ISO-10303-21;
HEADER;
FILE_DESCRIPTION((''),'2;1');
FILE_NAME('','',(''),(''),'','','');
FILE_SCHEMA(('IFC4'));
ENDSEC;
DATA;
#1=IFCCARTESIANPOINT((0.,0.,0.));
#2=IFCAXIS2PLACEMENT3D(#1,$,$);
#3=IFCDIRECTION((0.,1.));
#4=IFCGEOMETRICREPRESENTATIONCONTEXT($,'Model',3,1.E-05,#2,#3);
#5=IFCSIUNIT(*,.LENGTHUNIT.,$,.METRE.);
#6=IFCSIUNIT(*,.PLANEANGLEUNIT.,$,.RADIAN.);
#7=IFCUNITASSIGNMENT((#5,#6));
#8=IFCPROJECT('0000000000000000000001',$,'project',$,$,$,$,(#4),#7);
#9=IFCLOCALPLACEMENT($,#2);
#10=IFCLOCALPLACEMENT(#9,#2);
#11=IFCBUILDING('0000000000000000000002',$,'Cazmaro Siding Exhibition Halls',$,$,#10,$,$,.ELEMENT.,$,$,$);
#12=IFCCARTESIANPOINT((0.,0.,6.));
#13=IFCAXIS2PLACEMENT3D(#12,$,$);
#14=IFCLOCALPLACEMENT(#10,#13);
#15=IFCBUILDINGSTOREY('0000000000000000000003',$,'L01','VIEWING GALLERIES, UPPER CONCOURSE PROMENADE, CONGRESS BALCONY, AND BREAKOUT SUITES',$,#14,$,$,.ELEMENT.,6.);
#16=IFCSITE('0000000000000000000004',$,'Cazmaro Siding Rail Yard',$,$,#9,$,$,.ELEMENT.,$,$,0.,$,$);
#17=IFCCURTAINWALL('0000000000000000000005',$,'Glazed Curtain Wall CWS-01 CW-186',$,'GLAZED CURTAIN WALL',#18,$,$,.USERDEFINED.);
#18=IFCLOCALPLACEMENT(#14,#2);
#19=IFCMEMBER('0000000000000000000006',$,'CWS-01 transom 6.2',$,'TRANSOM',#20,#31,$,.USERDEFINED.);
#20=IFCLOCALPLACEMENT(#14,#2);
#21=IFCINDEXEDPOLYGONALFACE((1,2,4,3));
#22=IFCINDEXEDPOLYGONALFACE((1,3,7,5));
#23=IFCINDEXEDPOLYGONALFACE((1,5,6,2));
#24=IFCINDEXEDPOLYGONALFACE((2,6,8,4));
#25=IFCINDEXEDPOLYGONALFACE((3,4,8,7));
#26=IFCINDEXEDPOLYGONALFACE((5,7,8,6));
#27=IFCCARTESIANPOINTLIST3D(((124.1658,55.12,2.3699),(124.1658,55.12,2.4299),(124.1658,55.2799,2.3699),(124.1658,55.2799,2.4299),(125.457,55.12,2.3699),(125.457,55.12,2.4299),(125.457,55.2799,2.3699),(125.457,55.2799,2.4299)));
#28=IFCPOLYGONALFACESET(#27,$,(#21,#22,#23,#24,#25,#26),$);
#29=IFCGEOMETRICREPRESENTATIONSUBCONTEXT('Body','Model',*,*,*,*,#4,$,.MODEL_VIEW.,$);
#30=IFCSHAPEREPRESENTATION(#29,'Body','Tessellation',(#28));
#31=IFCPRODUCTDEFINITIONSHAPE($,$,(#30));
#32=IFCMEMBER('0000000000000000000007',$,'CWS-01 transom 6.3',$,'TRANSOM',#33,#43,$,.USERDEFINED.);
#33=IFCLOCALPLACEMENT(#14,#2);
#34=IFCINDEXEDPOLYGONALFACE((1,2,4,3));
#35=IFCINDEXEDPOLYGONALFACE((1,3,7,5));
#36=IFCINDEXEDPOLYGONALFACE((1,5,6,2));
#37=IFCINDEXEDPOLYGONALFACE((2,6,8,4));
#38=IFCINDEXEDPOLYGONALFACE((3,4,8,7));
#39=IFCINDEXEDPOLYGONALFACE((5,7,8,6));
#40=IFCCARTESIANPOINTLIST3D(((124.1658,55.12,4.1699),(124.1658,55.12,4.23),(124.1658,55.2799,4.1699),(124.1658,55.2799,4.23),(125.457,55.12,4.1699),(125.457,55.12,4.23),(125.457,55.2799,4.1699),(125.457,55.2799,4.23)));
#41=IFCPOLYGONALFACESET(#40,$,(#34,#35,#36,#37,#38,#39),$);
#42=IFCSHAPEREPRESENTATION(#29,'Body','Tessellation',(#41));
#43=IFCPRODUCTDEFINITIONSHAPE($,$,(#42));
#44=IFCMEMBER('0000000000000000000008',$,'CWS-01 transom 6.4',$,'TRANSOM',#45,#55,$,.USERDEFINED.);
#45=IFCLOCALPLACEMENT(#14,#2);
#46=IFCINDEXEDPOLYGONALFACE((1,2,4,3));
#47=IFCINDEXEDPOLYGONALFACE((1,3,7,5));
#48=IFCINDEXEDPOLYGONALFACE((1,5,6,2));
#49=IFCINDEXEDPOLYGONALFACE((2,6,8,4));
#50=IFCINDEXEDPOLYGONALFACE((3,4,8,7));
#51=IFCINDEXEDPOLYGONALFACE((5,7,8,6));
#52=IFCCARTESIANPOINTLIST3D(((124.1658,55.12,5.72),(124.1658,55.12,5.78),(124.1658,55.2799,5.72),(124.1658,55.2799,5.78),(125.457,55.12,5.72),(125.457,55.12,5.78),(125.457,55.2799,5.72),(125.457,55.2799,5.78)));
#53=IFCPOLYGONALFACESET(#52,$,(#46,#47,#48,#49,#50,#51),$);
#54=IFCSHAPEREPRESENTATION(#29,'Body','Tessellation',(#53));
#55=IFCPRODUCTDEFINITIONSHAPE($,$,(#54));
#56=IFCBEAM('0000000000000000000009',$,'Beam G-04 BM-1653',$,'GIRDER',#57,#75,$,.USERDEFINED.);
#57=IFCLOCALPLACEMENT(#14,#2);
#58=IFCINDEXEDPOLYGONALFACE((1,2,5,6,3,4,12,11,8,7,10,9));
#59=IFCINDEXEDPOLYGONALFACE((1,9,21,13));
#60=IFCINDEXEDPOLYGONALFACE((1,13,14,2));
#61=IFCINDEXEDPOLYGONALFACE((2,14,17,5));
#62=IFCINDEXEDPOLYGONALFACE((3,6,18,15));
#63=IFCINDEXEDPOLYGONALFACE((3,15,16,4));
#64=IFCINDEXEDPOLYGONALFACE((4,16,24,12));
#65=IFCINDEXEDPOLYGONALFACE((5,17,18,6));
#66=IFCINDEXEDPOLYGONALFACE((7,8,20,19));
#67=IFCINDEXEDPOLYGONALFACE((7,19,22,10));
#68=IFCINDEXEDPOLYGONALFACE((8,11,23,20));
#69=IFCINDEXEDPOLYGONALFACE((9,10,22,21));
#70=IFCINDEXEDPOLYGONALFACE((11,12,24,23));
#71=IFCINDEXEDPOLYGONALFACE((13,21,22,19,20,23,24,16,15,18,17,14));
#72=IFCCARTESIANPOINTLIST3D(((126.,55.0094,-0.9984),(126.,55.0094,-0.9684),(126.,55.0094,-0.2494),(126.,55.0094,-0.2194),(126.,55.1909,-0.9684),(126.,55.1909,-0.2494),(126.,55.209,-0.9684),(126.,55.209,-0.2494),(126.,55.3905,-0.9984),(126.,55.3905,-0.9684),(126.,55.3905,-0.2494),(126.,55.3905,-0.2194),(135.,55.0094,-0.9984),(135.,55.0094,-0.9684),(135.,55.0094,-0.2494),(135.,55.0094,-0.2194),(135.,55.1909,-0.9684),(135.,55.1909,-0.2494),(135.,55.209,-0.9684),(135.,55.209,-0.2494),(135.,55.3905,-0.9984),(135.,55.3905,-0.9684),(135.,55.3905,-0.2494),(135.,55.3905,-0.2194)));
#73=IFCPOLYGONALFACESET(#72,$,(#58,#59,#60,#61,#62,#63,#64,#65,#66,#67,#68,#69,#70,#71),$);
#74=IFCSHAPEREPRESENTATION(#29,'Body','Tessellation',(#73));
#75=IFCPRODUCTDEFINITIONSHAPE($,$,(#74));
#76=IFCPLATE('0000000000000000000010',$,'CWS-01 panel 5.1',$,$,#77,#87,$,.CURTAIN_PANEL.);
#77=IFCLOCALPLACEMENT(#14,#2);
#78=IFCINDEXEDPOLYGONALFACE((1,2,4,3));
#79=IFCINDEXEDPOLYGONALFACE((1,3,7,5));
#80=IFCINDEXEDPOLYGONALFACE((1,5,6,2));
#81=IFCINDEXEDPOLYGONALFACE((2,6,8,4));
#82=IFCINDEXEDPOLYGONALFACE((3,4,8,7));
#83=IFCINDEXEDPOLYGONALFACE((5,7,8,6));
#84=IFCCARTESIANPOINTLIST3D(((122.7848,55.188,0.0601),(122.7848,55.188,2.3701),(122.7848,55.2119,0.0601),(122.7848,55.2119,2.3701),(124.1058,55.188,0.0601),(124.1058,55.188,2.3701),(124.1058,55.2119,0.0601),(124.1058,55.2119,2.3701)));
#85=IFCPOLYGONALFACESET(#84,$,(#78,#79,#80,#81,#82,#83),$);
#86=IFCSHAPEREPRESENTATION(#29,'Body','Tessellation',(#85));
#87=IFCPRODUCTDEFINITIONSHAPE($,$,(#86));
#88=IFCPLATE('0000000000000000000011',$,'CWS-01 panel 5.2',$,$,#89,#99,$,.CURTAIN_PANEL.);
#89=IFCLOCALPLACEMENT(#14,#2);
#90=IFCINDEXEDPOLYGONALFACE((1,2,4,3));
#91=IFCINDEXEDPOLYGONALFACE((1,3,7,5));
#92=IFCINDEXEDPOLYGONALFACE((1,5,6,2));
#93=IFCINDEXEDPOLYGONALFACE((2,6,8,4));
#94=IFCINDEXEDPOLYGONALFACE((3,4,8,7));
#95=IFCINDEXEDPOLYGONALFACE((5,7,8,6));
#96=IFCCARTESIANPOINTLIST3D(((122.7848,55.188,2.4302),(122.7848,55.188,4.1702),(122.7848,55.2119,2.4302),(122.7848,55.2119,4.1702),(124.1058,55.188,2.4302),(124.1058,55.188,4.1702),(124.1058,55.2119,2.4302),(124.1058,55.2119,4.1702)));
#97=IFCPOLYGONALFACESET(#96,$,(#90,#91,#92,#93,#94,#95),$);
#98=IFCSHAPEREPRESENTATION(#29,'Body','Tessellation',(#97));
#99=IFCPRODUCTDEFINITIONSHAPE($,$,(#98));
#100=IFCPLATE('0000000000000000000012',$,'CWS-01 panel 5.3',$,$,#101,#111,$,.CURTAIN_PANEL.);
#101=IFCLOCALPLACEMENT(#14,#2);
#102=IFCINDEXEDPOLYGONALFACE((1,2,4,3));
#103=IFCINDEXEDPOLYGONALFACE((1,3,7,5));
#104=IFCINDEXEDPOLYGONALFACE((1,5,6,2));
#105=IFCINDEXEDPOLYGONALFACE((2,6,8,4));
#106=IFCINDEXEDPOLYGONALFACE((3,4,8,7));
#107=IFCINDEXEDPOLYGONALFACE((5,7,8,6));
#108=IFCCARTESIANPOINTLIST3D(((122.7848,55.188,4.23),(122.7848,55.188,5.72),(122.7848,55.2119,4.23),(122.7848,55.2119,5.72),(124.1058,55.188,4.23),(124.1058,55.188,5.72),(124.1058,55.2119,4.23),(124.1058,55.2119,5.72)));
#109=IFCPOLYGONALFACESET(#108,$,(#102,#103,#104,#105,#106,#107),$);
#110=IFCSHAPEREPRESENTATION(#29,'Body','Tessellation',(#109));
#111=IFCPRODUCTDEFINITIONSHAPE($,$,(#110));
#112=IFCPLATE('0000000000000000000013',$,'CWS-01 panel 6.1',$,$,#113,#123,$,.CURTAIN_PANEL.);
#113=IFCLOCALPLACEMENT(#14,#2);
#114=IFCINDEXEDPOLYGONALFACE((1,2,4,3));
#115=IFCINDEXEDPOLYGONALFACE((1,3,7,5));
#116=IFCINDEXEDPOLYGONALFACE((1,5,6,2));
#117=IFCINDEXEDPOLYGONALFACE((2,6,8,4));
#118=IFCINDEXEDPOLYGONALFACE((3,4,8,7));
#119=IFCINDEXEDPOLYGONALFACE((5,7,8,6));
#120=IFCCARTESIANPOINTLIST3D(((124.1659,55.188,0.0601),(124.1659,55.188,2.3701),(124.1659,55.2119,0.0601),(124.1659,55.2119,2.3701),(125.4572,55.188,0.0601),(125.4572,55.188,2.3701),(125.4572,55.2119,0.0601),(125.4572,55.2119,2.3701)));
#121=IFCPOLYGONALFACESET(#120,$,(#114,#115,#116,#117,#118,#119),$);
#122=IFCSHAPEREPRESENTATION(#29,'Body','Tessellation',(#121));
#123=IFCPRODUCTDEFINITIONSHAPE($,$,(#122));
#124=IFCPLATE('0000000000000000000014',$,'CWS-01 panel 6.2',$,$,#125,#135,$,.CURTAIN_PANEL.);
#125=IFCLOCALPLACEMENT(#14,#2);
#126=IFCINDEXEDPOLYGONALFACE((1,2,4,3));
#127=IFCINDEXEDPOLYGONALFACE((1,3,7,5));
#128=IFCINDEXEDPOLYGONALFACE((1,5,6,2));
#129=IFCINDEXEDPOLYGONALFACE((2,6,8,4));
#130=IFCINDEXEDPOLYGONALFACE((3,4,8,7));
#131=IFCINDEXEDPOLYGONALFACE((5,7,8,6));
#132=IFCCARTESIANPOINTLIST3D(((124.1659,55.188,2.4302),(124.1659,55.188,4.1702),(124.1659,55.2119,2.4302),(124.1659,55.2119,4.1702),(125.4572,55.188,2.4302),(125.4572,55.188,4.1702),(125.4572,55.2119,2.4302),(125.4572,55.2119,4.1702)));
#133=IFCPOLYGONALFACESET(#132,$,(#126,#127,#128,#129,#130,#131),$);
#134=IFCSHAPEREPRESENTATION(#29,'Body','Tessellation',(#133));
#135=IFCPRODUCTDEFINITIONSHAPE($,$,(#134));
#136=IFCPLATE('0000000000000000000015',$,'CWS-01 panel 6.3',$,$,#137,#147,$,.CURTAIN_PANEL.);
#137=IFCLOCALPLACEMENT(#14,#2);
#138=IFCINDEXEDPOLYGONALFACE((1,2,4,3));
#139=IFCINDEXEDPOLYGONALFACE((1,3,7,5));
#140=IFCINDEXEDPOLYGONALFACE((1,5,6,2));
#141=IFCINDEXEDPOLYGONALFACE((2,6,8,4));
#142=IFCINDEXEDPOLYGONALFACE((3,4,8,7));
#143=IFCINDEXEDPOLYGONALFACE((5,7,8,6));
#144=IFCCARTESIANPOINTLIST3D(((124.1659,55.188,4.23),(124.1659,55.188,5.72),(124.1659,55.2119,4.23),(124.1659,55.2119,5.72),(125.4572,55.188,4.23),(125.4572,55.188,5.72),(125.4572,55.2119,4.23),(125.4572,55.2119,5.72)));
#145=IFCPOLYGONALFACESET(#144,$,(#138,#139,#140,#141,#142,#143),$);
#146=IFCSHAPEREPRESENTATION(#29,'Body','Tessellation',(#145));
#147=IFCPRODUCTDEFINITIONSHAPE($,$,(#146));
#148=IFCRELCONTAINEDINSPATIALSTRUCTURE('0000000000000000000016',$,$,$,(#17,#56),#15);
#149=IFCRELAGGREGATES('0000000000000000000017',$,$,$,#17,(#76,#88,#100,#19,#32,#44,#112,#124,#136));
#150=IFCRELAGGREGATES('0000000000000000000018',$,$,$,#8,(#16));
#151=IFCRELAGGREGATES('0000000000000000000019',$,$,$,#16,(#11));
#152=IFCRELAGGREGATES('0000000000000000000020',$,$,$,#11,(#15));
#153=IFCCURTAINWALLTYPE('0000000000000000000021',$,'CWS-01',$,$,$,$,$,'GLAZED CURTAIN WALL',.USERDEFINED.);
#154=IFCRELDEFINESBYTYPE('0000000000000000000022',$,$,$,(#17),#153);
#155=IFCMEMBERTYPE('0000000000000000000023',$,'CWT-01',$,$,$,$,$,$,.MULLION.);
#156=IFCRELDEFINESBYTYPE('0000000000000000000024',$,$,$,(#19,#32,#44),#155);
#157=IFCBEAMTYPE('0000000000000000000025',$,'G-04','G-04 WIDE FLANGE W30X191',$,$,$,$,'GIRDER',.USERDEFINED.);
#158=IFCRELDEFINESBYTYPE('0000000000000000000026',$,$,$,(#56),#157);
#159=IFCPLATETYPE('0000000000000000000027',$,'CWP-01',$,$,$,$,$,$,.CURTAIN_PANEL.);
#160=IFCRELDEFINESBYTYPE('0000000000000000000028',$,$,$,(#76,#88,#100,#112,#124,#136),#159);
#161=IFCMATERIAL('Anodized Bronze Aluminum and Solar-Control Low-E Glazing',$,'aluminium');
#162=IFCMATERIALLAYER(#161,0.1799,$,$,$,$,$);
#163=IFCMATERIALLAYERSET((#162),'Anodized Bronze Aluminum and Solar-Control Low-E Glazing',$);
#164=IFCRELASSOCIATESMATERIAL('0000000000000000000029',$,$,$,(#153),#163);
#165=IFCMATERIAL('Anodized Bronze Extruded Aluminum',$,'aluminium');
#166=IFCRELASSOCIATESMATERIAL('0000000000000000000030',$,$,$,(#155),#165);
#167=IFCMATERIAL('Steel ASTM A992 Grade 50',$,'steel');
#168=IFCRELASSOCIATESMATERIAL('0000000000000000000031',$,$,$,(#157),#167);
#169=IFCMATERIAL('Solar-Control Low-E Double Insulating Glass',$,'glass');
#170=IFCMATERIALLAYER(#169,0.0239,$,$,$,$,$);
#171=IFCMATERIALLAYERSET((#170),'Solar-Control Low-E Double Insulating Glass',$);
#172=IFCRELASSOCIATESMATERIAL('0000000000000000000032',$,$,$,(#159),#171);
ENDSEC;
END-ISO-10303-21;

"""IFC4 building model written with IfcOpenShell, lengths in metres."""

from ifc_helpers import new_model, si_unit, direction, frame, origin, origin_2d, place, context, subcontext, project, spatial, rectangle, i_section, extrude, material, layer, layer_set, material_profile, profile_set, type_object, element, aggregate, save


model = new_model("IFC4")

# Units and contexts
model_context = context("Model", 3, precision=1e-05, world=origin(), true_north=direction((0.0, 1.0)))
body_context = subcontext(model_context, "Body", "Model", "MODEL_VIEW")
ifc_project = project(units=[si_unit("LENGTHUNIT", "METRE"), si_unit("PLANEANGLEUNIT", "RADIAN")], contexts=[model_context])

# Site, building, storey
site_placement = place(None, origin())
site = spatial("IfcSite", under=ifc_project, at=site_placement, Name="Cazmaro Siding Rail Yard", CompositionType="ELEMENT", RefElevation=0.0)
building_placement = place(site_placement, origin())
building = spatial("IfcBuilding", under=site, at=building_placement, Name="Cazmaro Siding Exhibition Halls", CompositionType="ELEMENT")
storey_placement = place(building_placement, frame((0.0, 0.0, 6.0)))
storey = spatial("IfcBuildingStorey", under=building, at=storey_placement, Name="L01", Description="VIEWING GALLERIES, UPPER CONCOURSE PROMENADE, CONGRESS BALCONY, AND BREAKOUT SUITES", CompositionType="ELEMENT", Elevation=6.0)

# Curtain wall
ifc_material_1 = material(Name="Anodized Bronze Aluminum and Solar-Control Low-E Glazing", Category="aluminium")
ifc_layer_1 = layer(ifc_material_1, 0.1799)
ifc_layer_set_1 = layer_set([ifc_layer_1], Name="Anodized Bronze Aluminum and Solar-Control Low-E Glazing")
curtain_wall_type = type_object("IfcCurtainWallType", Name="CWS-01", ElementType="GLAZED CURTAIN WALL", PredefinedType="USERDEFINED", material=ifc_layer_set_1)
curtain_wall_1_placement = place(storey_placement, origin())
curtain_wall_1 = element("IfcCurtainWall", 1, at=curtain_wall_1_placement, inside=storey, type_object=curtain_wall_type, Name="Glazed Curtain Wall CWS-01 CW-186", ObjectType="GLAZED CURTAIN WALL", PredefinedType="USERDEFINED")

# Members
ifc_material_2 = material(Name="Anodized Bronze Extruded Aluminum", Category="aluminium")
ifc_material_profile_1 = material_profile(ifc_material_2, rectangle(XDim=0.1599, YDim=0.0601, at=origin_2d()), Name="CWT-01")
ifc_profile_set_1 = profile_set([ifc_material_profile_1], Name="Anodized Bronze Extruded Aluminum")
member_type_1 = type_object("IfcMemberType", Name="CWT-01", PredefinedType="MULLION", material=ifc_profile_set_1)
member_1_placement = place(storey_placement, frame((124.1658, 55.2, 2.3999), z_axis=(1.0, 0.0, 0.0), x_axis=(0.0, 1.0, 0.0)))
member_1 = element("IfcMember", 2, at=member_1_placement, type_object=member_type_1, Name="CWS-01 transom 6.2", ObjectType="TRANSOM", PredefinedType="USERDEFINED", context=body_context, shape_type="SweptSolid", body=[
    extrude(rectangle(XDim=0.1599, YDim=0.0601, at=origin_2d()), origin(), (0.0, 0.0, 1.0), 1.2913),
])
member_2_placement = place(storey_placement, frame((124.1658, 55.2, 4.2), z_axis=(1.0, 0.0, 0.0), x_axis=(0.0, 1.0, 0.0)))
member_2 = element("IfcMember", 3, at=member_2_placement, type_object=member_type_1, Name="CWS-01 transom 6.3", ObjectType="TRANSOM", PredefinedType="USERDEFINED", context=body_context, shape_type="SweptSolid", body=[
    extrude(rectangle(XDim=0.1599, YDim=0.0601, at=origin_2d()), origin(), (0.0, 0.0, 1.0), 1.2913),
])
member_3_placement = place(storey_placement, frame((124.1658, 55.2, 5.75), z_axis=(1.0, 0.0, 0.0), x_axis=(0.0, 1.0, 0.0)))
member_3 = element("IfcMember", 4, at=member_3_placement, type_object=member_type_1, Name="CWS-01 transom 6.4", ObjectType="TRANSOM", PredefinedType="USERDEFINED", context=body_context, shape_type="SweptSolid", body=[
    extrude(rectangle(XDim=0.1599, YDim=0.0601, at=origin_2d()), origin(), (0.0, 0.0, 1.0), 1.2913),
])

# Beam
ifc_material_3 = material(Name="Steel ASTM A992 Grade 50", Category="steel")
ifc_material_profile_2 = material_profile(ifc_material_3, i_section(OverallWidth=0.3811, OverallDepth=0.7791, WebThickness=0.0181, FlangeThickness=0.03, at=origin_2d()), Name="W30X191")
ifc_profile_set_2 = profile_set([ifc_material_profile_2], Name="Steel ASTM A992 Grade 50")
beam_type_1 = type_object("IfcBeamType", Name="G-04", Description="G-04 WIDE FLANGE W30X191", ElementType="GIRDER", PredefinedType="USERDEFINED", material=ifc_profile_set_2)
beam_1_placement = place(storey_placement, frame((126.0, 55.2, -0.6089), z_axis=(1.0, 0.0, 0.0), x_axis=(0.0, 1.0, 0.0)))
element("IfcBeam", 5, at=beam_1_placement, inside=storey, type_object=beam_type_1, Name="Beam G-04 BM-1653", ObjectType="GIRDER", PredefinedType="USERDEFINED", context=body_context, shape_type="SweptSolid", body=[
    extrude(i_section(OverallWidth=0.3811, OverallDepth=0.7791, WebThickness=0.0181, FlangeThickness=0.03, at=origin_2d()), origin(), (0.0, 0.0, 1.0), 9.0),
])

# Plates
ifc_material_4 = material(Name="Solar-Control Low-E Double Insulating Glass", Category="glass")
ifc_layer_2 = layer(ifc_material_4, 0.0239)
ifc_layer_set_2 = layer_set([ifc_layer_2], Name="Solar-Control Low-E Double Insulating Glass")
plate_type = type_object("IfcPlateType", Name="CWP-01", PredefinedType="CURTAIN_PANEL", material=ifc_layer_set_2)
plate_1_placement = place(storey_placement, frame((123.4453, 55.2, 0.0601), z_axis=(0.0, 0.0, 1.0), x_axis=(1.0, 0.0, 0.0)))
plate_1 = element("IfcPlate", 6, at=plate_1_placement, type_object=plate_type, Name="CWS-01 panel 5.1", PredefinedType="CURTAIN_PANEL", context=body_context, shape_type="SweptSolid", body=[
    extrude(rectangle(XDim=1.321, YDim=0.0239, at=origin_2d()), origin(), (0.0, 0.0, 1.0), 2.3101),
])
plate_2_placement = place(storey_placement, frame((123.4453, 55.2, 2.4302), z_axis=(0.0, 0.0, 1.0), x_axis=(1.0, 0.0, 0.0)))
plate_2 = element("IfcPlate", 7, at=plate_2_placement, type_object=plate_type, Name="CWS-01 panel 5.2", PredefinedType="CURTAIN_PANEL", context=body_context, shape_type="SweptSolid", body=[
    extrude(rectangle(XDim=1.321, YDim=0.0239, at=origin_2d()), origin(), (0.0, 0.0, 1.0), 1.74),
])
plate_3_placement = place(storey_placement, frame((123.4453, 55.2, 4.23), z_axis=(0.0, 0.0, 1.0), x_axis=(1.0, 0.0, 0.0)))
plate_3 = element("IfcPlate", 8, at=plate_3_placement, type_object=plate_type, Name="CWS-01 panel 5.3", PredefinedType="CURTAIN_PANEL", context=body_context, shape_type="SweptSolid", body=[
    extrude(rectangle(XDim=1.321, YDim=0.0239, at=origin_2d()), origin(), (0.0, 0.0, 1.0), 1.49),
])
plate_4_placement = place(storey_placement, frame((124.8115, 55.2, 0.0601), z_axis=(0.0, 0.0, 1.0), x_axis=(1.0, 0.0, 0.0)))
plate_4 = element("IfcPlate", 9, at=plate_4_placement, type_object=plate_type, Name="CWS-01 panel 6.1", PredefinedType="CURTAIN_PANEL", context=body_context, shape_type="SweptSolid", body=[
    extrude(rectangle(XDim=1.2913, YDim=0.0239, at=origin_2d()), origin(), (0.0, 0.0, 1.0), 2.3101),
])
plate_5_placement = place(storey_placement, frame((124.8115, 55.2, 2.4302), z_axis=(0.0, 0.0, 1.0), x_axis=(1.0, 0.0, 0.0)))
plate_5 = element("IfcPlate", 10, at=plate_5_placement, type_object=plate_type, Name="CWS-01 panel 6.2", PredefinedType="CURTAIN_PANEL", context=body_context, shape_type="SweptSolid", body=[
    extrude(rectangle(XDim=1.2913, YDim=0.0239, at=origin_2d()), origin(), (0.0, 0.0, 1.0), 1.74),
])
plate_6_placement = place(storey_placement, frame((124.8115, 55.2, 4.23), z_axis=(0.0, 0.0, 1.0), x_axis=(1.0, 0.0, 0.0)))
plate_6 = element("IfcPlate", 11, at=plate_6_placement, type_object=plate_type, Name="CWS-01 panel 6.3", PredefinedType="CURTAIN_PANEL", context=body_context, shape_type="SweptSolid", body=[
    extrude(rectangle(XDim=1.2913, YDim=0.0239, at=origin_2d()), origin(), (0.0, 0.0, 1.0), 1.49),
])
aggregate(curtain_wall_1, [plate_1, plate_2, plate_3, member_1, member_2, member_3, plate_4, plate_5, plate_6])

save(model, "model.ifc")
